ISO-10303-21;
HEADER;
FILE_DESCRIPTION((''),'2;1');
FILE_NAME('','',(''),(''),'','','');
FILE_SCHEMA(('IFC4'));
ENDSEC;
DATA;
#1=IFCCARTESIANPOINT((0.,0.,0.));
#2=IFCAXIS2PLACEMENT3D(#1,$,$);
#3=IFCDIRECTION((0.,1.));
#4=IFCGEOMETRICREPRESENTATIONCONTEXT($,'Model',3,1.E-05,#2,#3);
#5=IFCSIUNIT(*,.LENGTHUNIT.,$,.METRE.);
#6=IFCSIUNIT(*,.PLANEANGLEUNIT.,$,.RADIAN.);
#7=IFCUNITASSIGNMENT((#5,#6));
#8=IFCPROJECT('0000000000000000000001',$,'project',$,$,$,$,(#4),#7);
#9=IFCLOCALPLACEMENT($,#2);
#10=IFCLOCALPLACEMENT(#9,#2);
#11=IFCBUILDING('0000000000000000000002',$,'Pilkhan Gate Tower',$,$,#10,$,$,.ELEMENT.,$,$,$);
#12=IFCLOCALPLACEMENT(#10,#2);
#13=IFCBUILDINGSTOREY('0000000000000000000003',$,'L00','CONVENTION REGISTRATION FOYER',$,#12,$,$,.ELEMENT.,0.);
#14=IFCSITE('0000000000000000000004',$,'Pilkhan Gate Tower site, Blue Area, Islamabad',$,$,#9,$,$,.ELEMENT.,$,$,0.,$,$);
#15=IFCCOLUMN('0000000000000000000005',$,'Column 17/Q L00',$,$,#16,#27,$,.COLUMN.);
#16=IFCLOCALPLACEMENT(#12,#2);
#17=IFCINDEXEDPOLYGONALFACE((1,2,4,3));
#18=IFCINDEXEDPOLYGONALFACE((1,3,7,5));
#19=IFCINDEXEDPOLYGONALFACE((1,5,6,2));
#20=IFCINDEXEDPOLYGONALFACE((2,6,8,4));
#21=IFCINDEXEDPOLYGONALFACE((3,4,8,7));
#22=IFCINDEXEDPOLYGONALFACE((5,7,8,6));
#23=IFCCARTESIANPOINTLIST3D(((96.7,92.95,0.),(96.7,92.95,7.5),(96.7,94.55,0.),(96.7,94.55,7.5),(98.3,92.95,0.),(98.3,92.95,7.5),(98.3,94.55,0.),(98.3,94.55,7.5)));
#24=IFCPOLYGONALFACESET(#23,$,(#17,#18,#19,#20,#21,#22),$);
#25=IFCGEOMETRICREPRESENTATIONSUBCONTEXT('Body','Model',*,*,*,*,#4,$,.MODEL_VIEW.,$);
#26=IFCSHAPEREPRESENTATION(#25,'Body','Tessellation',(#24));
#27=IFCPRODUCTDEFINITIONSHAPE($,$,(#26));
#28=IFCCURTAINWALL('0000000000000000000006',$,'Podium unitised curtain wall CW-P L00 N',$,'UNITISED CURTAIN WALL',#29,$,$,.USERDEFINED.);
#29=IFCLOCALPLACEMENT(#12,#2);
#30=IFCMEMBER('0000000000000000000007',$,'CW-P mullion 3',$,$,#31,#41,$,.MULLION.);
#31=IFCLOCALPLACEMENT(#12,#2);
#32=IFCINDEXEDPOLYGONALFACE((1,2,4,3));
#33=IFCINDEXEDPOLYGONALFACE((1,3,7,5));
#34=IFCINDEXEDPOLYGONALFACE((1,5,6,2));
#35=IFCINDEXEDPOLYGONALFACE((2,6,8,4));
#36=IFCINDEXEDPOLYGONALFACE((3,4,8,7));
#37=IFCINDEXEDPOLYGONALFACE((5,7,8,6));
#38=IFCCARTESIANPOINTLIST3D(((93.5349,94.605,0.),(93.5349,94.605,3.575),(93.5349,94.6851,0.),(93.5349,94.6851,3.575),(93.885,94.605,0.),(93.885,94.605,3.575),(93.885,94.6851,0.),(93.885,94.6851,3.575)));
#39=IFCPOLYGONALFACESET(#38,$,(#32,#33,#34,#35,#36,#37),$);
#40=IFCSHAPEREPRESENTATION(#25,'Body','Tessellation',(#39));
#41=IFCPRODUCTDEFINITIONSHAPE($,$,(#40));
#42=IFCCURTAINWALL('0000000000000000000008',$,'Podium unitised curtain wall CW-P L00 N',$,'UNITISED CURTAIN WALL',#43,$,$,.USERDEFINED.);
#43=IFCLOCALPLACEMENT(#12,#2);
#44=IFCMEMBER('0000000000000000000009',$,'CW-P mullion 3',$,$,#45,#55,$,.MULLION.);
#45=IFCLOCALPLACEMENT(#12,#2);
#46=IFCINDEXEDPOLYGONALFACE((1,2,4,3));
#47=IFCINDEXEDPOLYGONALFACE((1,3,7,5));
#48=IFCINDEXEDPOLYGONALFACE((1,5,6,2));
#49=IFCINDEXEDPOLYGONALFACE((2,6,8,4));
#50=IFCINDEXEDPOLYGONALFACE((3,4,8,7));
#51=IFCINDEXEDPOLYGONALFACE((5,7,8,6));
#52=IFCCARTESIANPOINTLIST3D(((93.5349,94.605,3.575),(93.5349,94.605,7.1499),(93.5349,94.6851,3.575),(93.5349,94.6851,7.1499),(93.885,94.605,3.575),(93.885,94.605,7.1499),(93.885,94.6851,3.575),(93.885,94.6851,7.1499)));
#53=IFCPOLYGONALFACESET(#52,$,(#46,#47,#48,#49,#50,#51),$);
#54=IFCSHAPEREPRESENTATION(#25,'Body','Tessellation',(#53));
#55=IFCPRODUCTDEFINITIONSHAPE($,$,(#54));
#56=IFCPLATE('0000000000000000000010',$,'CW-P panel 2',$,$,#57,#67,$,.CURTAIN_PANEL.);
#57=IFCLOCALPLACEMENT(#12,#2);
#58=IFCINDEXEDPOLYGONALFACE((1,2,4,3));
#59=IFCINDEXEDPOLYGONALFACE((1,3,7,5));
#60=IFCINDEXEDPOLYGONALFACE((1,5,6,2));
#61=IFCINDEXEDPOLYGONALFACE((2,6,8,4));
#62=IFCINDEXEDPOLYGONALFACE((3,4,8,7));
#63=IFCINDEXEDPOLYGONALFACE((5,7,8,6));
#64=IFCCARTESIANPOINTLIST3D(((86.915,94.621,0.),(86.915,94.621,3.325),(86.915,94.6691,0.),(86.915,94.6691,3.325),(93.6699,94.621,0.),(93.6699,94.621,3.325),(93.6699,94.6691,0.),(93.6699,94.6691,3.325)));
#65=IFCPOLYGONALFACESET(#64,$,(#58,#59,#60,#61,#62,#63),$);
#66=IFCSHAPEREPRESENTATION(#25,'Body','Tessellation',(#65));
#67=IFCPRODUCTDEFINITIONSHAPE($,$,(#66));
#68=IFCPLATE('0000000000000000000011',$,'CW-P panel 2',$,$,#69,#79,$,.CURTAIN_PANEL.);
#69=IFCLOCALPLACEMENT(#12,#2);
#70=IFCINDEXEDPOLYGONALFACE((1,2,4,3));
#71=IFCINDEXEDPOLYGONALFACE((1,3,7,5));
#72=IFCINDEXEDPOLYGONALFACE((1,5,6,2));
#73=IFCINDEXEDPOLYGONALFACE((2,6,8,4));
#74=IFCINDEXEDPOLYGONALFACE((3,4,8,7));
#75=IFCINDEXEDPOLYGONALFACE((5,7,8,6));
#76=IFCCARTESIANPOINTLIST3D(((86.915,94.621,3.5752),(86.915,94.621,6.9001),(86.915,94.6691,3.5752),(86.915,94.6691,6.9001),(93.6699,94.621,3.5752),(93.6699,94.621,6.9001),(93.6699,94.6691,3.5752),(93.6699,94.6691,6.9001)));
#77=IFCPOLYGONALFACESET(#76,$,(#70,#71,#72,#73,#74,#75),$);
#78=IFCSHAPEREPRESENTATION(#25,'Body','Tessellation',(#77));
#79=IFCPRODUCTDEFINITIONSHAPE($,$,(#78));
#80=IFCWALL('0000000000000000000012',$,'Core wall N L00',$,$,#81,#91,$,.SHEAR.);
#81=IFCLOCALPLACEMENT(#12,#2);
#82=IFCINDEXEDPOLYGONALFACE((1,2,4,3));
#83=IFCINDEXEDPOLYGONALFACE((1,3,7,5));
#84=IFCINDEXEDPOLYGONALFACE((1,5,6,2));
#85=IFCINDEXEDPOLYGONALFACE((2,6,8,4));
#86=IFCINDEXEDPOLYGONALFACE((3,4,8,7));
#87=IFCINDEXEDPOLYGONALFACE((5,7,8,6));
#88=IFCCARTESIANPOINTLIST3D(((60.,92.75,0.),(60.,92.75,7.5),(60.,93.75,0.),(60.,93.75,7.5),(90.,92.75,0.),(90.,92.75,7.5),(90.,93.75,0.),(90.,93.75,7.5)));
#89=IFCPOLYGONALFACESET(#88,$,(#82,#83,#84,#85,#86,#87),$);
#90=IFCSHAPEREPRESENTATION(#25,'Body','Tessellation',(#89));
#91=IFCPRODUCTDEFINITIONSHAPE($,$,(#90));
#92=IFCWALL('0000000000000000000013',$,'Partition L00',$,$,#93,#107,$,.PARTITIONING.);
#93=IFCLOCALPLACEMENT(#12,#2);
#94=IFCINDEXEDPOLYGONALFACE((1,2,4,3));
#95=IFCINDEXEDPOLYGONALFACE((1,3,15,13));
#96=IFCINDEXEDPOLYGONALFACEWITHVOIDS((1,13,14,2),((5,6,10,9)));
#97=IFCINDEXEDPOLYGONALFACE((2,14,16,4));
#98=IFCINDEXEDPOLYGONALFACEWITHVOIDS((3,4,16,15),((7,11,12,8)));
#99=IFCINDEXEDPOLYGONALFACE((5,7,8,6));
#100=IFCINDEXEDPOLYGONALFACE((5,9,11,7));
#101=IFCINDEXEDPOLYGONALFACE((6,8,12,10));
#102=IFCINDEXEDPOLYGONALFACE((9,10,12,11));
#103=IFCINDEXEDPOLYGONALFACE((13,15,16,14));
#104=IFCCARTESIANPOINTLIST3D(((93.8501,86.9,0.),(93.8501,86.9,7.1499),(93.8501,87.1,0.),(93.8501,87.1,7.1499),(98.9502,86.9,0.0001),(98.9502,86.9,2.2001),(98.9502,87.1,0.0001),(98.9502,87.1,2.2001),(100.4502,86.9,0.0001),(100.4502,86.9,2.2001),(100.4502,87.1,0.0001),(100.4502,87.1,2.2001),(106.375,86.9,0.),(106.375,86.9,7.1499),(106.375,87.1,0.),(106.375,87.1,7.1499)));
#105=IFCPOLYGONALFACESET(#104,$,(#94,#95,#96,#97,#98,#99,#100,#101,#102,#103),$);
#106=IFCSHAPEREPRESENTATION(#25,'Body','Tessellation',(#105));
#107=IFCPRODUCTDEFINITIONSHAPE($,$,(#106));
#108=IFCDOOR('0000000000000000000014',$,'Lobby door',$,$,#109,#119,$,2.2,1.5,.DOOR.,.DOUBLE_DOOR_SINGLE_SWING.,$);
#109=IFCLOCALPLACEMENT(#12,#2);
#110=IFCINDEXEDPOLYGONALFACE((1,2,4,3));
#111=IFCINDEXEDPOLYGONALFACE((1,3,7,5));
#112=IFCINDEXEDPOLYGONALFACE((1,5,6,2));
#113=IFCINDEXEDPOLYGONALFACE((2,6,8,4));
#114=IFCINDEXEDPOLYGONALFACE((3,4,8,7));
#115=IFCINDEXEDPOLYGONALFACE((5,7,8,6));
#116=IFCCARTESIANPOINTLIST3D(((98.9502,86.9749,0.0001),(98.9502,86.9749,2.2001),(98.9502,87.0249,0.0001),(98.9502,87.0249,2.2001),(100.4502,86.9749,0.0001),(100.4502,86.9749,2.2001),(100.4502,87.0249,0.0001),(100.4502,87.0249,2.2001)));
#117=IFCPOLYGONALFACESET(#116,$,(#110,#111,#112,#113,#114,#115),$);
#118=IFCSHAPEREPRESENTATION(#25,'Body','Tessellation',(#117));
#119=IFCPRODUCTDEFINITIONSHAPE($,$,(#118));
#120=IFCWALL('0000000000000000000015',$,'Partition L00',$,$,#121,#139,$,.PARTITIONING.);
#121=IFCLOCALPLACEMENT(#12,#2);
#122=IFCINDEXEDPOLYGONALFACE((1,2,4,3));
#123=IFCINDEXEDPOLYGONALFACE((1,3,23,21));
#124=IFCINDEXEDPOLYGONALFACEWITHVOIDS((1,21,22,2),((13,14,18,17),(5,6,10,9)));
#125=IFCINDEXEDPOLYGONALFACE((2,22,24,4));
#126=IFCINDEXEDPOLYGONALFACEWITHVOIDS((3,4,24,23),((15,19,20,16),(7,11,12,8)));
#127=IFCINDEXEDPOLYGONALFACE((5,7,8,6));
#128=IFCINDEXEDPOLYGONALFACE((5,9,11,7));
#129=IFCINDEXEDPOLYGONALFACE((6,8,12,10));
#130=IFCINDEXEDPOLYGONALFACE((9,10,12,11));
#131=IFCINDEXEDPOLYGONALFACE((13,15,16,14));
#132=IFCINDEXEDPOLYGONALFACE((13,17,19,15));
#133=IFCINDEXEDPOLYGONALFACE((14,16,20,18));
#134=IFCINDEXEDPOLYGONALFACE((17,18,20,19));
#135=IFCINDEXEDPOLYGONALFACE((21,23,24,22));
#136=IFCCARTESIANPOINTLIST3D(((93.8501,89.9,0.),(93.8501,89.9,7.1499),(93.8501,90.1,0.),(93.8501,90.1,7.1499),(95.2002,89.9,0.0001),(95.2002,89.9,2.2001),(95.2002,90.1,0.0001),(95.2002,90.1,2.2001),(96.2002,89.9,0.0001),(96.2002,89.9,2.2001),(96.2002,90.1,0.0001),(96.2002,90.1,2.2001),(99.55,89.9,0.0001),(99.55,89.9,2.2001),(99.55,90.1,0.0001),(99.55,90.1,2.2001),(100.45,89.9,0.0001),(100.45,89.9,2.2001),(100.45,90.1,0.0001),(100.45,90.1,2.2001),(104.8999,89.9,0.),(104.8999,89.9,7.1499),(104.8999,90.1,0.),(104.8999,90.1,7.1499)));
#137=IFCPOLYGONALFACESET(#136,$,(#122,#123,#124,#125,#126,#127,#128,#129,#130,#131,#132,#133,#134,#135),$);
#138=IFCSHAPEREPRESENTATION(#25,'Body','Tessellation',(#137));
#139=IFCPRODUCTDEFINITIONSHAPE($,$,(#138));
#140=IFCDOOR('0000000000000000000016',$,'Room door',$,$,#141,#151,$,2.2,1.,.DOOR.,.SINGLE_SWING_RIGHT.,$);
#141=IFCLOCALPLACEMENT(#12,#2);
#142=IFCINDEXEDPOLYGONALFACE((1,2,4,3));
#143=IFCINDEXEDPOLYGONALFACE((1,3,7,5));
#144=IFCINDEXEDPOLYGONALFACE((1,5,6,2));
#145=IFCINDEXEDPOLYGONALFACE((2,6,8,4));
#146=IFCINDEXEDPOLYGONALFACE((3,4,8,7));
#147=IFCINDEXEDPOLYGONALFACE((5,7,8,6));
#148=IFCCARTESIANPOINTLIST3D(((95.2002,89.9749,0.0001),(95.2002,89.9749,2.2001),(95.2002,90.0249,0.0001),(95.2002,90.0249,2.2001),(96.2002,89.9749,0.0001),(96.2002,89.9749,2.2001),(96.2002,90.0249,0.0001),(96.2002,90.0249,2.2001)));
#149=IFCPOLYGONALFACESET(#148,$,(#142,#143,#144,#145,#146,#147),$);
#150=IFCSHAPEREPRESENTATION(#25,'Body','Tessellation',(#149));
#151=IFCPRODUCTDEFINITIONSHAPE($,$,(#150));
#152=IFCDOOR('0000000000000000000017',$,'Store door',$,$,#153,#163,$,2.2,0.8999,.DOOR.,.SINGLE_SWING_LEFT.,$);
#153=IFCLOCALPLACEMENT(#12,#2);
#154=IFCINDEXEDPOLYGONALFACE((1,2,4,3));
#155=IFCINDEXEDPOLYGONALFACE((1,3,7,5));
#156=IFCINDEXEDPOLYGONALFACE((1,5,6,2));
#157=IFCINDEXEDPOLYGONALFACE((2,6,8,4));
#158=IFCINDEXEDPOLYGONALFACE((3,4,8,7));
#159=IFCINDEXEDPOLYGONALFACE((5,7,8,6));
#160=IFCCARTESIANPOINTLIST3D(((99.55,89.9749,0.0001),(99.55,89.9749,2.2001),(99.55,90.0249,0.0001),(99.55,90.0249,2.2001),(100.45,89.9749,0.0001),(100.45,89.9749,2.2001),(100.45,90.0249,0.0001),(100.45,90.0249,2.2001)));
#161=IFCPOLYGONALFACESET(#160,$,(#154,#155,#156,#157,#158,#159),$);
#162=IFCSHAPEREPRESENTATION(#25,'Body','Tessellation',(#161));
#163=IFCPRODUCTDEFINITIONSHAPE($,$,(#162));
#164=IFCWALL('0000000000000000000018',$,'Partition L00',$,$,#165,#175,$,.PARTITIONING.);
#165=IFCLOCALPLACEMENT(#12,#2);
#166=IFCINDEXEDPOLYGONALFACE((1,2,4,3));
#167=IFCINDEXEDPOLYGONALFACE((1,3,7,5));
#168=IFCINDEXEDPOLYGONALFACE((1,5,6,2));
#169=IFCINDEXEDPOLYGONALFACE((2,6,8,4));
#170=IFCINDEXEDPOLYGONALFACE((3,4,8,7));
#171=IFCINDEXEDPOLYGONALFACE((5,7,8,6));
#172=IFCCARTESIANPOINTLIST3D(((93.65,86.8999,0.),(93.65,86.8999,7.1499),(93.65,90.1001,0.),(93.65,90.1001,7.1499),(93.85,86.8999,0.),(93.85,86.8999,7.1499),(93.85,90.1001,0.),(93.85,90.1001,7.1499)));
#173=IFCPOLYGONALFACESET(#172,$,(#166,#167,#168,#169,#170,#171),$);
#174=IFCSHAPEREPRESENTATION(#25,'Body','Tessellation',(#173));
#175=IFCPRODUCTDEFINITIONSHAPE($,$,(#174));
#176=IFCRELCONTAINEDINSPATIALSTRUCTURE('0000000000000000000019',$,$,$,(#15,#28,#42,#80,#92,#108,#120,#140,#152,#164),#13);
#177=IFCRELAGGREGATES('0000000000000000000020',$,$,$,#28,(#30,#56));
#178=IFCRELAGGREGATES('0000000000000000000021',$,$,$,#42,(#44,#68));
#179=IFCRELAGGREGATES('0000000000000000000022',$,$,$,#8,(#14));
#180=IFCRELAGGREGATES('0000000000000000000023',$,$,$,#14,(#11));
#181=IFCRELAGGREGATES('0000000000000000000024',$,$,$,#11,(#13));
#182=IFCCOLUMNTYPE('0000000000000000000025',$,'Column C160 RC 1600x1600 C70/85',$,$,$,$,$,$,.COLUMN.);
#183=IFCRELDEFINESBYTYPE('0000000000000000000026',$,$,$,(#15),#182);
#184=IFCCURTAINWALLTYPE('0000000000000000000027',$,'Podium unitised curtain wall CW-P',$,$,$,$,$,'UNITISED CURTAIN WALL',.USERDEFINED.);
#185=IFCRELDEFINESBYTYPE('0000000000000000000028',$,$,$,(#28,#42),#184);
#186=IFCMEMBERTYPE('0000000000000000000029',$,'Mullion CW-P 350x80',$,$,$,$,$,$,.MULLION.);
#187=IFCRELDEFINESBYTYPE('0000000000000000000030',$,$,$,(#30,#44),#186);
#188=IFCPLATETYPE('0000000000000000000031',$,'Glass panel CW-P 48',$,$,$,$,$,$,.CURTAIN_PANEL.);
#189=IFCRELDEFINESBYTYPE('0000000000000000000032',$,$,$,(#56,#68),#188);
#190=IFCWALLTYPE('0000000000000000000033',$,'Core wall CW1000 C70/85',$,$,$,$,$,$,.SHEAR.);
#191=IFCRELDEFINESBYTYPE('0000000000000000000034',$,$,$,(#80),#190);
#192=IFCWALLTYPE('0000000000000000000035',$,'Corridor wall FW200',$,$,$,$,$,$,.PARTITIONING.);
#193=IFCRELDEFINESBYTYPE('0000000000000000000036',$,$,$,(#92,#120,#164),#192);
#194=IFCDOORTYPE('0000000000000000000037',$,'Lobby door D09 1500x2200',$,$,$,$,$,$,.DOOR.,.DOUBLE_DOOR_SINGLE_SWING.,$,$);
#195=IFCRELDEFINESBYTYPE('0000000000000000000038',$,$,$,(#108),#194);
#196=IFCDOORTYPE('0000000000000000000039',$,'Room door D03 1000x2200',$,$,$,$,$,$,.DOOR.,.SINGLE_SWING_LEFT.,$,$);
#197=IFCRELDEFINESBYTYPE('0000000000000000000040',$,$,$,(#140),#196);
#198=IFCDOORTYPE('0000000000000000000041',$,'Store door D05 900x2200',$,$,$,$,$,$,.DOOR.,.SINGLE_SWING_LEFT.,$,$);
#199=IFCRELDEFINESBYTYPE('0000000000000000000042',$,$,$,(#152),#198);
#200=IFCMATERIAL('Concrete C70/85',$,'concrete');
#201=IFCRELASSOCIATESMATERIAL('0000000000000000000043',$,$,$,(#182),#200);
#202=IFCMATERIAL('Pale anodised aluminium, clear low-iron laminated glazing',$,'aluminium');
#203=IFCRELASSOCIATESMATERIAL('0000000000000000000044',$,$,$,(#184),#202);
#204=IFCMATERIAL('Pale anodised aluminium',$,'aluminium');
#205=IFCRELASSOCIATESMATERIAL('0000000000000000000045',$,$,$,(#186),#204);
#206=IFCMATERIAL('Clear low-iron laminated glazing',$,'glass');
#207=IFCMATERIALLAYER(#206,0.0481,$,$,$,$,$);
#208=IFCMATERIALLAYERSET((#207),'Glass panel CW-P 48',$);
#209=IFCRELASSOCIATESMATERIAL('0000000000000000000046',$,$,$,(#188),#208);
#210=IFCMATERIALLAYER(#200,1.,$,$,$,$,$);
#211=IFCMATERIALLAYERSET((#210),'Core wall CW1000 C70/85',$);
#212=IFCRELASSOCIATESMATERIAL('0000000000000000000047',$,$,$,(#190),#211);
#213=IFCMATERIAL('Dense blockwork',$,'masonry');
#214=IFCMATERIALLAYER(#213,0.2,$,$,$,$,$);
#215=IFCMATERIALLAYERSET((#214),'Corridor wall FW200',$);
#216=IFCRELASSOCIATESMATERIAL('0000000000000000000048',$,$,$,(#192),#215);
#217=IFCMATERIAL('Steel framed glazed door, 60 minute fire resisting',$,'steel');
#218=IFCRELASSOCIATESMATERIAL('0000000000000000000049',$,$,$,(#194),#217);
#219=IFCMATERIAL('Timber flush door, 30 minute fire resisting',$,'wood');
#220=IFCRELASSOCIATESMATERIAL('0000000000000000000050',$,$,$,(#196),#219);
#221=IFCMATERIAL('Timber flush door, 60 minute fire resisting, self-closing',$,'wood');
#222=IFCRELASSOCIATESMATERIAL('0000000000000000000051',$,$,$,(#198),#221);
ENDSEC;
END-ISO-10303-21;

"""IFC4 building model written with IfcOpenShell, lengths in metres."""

from ifc_helpers import new_model, si_unit, direction, frame, frame_2d, origin, origin_2d, place, context, subcontext, project, spatial, rectangle, extrude, material, layer, layer_set, material_profile, profile_set, type_object, element, fill, aggregate, save


model = new_model("IFC4")

# Units and contexts
model_context = context("Model", 3, precision=1e-05, world=origin(), true_north=direction((0.0, 1.0)))
body_context = subcontext(model_context, "Body", "Model", "MODEL_VIEW")
ifc_project = project(units=[si_unit("LENGTHUNIT", "METRE"), si_unit("PLANEANGLEUNIT", "RADIAN")], contexts=[model_context])

# Site, building, storey
site_placement = place(None, origin())
site = spatial("IfcSite", under=ifc_project, at=site_placement, Name="Pilkhan Gate Tower site, Blue Area, Islamabad", CompositionType="ELEMENT", RefElevation=0.0)
building_placement = place(site_placement, origin())
building = spatial("IfcBuilding", under=site, at=building_placement, Name="Pilkhan Gate Tower", CompositionType="ELEMENT")
storey_placement = place(building_placement, origin())
storey = spatial("IfcBuildingStorey", under=building, at=storey_placement, Name="L00", Description="CONVENTION REGISTRATION FOYER", CompositionType="ELEMENT", Elevation=0.0)

# Column
ifc_material_1 = material(Name="Concrete C70/85", Category="concrete")
ifc_material_profile_1 = material_profile(ifc_material_1, rectangle(XDim=1.6001, YDim=1.6001, at=origin_2d()), Name="RC 1600x1600")
ifc_profile_set_1 = profile_set([ifc_material_profile_1], Name="Concrete C70/85")
column_type = type_object("IfcColumnType", Name="Column C160 RC 1600x1600 C70/85", PredefinedType="COLUMN", material=ifc_profile_set_1)
column_placement = place(storey_placement, frame((97.5, 93.75, 0.0), z_axis=(0.0, 0.0, 1.0), x_axis=(1.0, 0.0, 0.0)))
element("IfcColumn", 1, at=column_placement, inside=storey, type_object=column_type, Name="Column 17/Q L00", PredefinedType="COLUMN", context=body_context, shape_type="SweptSolid", body=[
    extrude(rectangle(XDim=1.6001, YDim=1.6001, at=origin_2d()), origin(), (0.0, 0.0, 1.0), 7.5),
])

# Curtain walls, members
ifc_material_2 = material(Name="Pale anodised aluminium, clear low-iron laminated glazing", Category="aluminium")
curtain_wall_type = type_object("IfcCurtainWallType", Name="Podium unitised curtain wall CW-P", ElementType="UNITISED CURTAIN WALL", PredefinedType="USERDEFINED", material=ifc_material_2)
curtain_wall_1_placement = place(storey_placement, origin())
curtain_wall_1 = element("IfcCurtainWall", 2, at=curtain_wall_1_placement, inside=storey, type_object=curtain_wall_type, Name="Podium unitised curtain wall CW-P L00 N", ObjectType="UNITISED CURTAIN WALL", PredefinedType="USERDEFINED")
ifc_material_3 = material(Name="Pale anodised aluminium", Category="aluminium")
ifc_material_profile_2 = material_profile(ifc_material_3, rectangle(XDim=0.0801, YDim=0.3501, at=origin_2d()), Name="Mullion 350x80")
ifc_profile_set_2 = profile_set([ifc_material_profile_2], Name="Pale anodised aluminium")
member_type = type_object("IfcMemberType", Name="Mullion CW-P 350x80", PredefinedType="MULLION", material=ifc_profile_set_2)
member_1_placement = place(storey_placement, frame((93.71, 94.645, 0.0), z_axis=(0.0, 0.0, 1.0), x_axis=(0.0, 1.0, 0.0)))
member_1 = element("IfcMember", 3, at=member_1_placement, type_object=member_type, Name="CW-P mullion 3", PredefinedType="MULLION", context=body_context, shape_type="SweptSolid", body=[
    extrude(rectangle(XDim=0.0801, YDim=0.3501, at=origin_2d()), origin(), (0.0, 0.0, 1.0), 3.575),
])
curtain_wall_2_placement = place(storey_placement, origin())
curtain_wall_2 = element("IfcCurtainWall", 4, at=curtain_wall_2_placement, inside=storey, type_object=curtain_wall_type, Name="Podium unitised curtain wall CW-P L00 N", ObjectType="UNITISED CURTAIN WALL", PredefinedType="USERDEFINED")
member_2_placement = place(storey_placement, frame((93.71, 94.645, 3.575), z_axis=(0.0, 0.0, 1.0), x_axis=(0.0, 1.0, 0.0)))
member_2 = element("IfcMember", 5, at=member_2_placement, type_object=member_type, Name="CW-P mullion 3", PredefinedType="MULLION", context=body_context, shape_type="SweptSolid", body=[
    extrude(rectangle(XDim=0.0801, YDim=0.3501, at=origin_2d()), origin(), (0.0, 0.0, 1.0), 3.575),
])

# Plates
ifc_material_4 = material(Name="Clear low-iron laminated glazing", Category="glass")
ifc_layer_1 = layer(ifc_material_4, 0.0481)
ifc_layer_set_1 = layer_set([ifc_layer_1], Name="Glass panel CW-P 48")
plate_type = type_object("IfcPlateType", Name="Glass panel CW-P 48", PredefinedType="CURTAIN_PANEL", material=ifc_layer_set_1)
plate_1_placement = place(storey_placement, frame((90.2925, 94.645, 0.0), z_axis=(0.0, 0.0, 1.0), x_axis=(1.0, 0.0, 0.0)))
plate_1 = element("IfcPlate", 6, at=plate_1_placement, type_object=plate_type, Name="CW-P panel 2", PredefinedType="CURTAIN_PANEL", context=body_context, shape_type="SweptSolid", body=[
    extrude(rectangle(XDim=6.7549, YDim=0.0481, at=origin_2d()), origin(), (0.0, 0.0, 1.0), 3.325),
])
aggregate(curtain_wall_1, [member_1, plate_1])
plate_2_placement = place(storey_placement, frame((90.2925, 94.645, 3.5752), z_axis=(0.0, 0.0, 1.0), x_axis=(1.0, 0.0, 0.0)))
plate_2 = element("IfcPlate", 7, at=plate_2_placement, type_object=plate_type, Name="CW-P panel 2", PredefinedType="CURTAIN_PANEL", context=body_context, shape_type="SweptSolid", body=[
    extrude(rectangle(XDim=6.7549, YDim=0.0481, at=origin_2d()), origin(), (0.0, 0.0, 1.0), 3.325),
])
aggregate(curtain_wall_2, [member_2, plate_2])

# Wall
ifc_layer_2 = layer(ifc_material_1, 1.0)
ifc_layer_set_2 = layer_set([ifc_layer_2], Name="Core wall CW1000 C70/85")
wall_type_1 = type_object("IfcWallType", Name="Core wall CW1000 C70/85", PredefinedType="SHEAR", material=ifc_layer_set_2)
wall_1_placement = place(storey_placement, frame((90.0, 93.25, 0.0), z_axis=(0.0, 0.0, 1.0), x_axis=(-1.0, 0.0, 0.0)))
element("IfcWall", 8, at=wall_1_placement, inside=storey, type_object=wall_type_1, Name="Core wall N L00", PredefinedType="SHEAR", context=body_context, shape_type="SweptSolid", body=[
    extrude(rectangle(XDim=30.0, YDim=1.0, at=frame_2d((15.0, 0.0))), origin(), (0.0, 0.0, 1.0), 7.5),
])

# Wall, opening, door
ifc_material_5 = material(Name="Dense blockwork", Category="masonry")
ifc_layer_3 = layer(ifc_material_5, 0.2)
ifc_layer_set_3 = layer_set([ifc_layer_3], Name="Corridor wall FW200")
wall_type_2 = type_object("IfcWallType", Name="Corridor wall FW200", PredefinedType="PARTITIONING", material=ifc_layer_set_3)
wall_2_placement = place(storey_placement, frame((93.8501, 87.0, 0.0), z_axis=(0.0, 0.0, 1.0), x_axis=(1.0, 0.0, 0.0)))
wall_2 = element("IfcWall", 9, at=wall_2_placement, inside=storey, type_object=wall_type_2, Name="Partition L00", PredefinedType="PARTITIONING", context=body_context, shape_type="SweptSolid", body=[
    extrude(rectangle(XDim=12.5249, YDim=0.2, at=frame_2d((6.2625, 0.0))), origin(), (0.0, 0.0, 1.0), 7.1499),
])
opening_1_placement = place(wall_2_placement, frame((5.1001, 0.0, 0.0)))
opening_1 = element("IfcOpeningElement", 10, at=opening_1_placement, cuts=wall_2, PredefinedType="OPENING", context=body_context, shape_type="SweptSolid", body=[
    extrude(rectangle(XDim=1.5, YDim=2.2, at=frame_2d((0.75, 1.1001))), frame((0.0, 0.1099, 0.0), z_axis=(0.0, -1.0, 0.0), x_axis=(1.0, 0.0, 0.0)), (0.0, 0.0, 1.0), 0.22),
])
ifc_material_6 = material(Name="Steel framed glazed door, 60 minute fire resisting", Category="steel")
door_type_1 = type_object("IfcDoorType", Name="Lobby door D09 1500x2200", OperationType="DOUBLE_DOOR_SINGLE_SWING", PredefinedType="DOOR", material=ifc_material_6)
door_1_placement = place(opening_1_placement, origin())
door_1 = element("IfcDoor", 11, at=door_1_placement, inside=storey, type_object=door_type_1, Name="Lobby door", OperationType="DOUBLE_DOOR_SINGLE_SWING", OverallHeight=2.2, OverallWidth=1.5, PredefinedType="DOOR", context=body_context, shape_type="SweptSolid", body=[
    extrude(rectangle(XDim=1.5, YDim=2.2, at=frame_2d((0.75, 1.1001))), frame((0.0, 0.0249, 0.0), z_axis=(0.0, -1.0, 0.0), x_axis=(1.0, 0.0, 0.0)), (0.0, 0.0, 1.0), 0.05),
])
fill(opening_1, door_1)

# Wall, openings, doors
wall_3_placement = place(storey_placement, frame((93.8501, 90.0, 0.0), z_axis=(0.0, 0.0, 1.0), x_axis=(1.0, 0.0, 0.0)))
wall_3 = element("IfcWall", 12, at=wall_3_placement, inside=storey, type_object=wall_type_2, Name="Partition L00", PredefinedType="PARTITIONING", context=body_context, shape_type="SweptSolid", body=[
    extrude(rectangle(XDim=11.0498, YDim=0.2, at=frame_2d((5.5249, 0.0))), origin(), (0.0, 0.0, 1.0), 7.1499),
])
opening_2_placement = place(wall_3_placement, frame((1.3501, 0.0, 0.0)))
opening_2 = element("IfcOpeningElement", 13, at=opening_2_placement, cuts=wall_3, PredefinedType="OPENING", context=body_context, shape_type="SweptSolid", body=[
    extrude(rectangle(XDim=1.0, YDim=2.2, at=frame_2d((0.5, 1.1001))), frame((0.0, 0.1099, 0.0), z_axis=(0.0, -1.0, 0.0), x_axis=(1.0, 0.0, 0.0)), (0.0, 0.0, 1.0), 0.22),
])
opening_3_placement = place(wall_3_placement, frame((5.7, 0.0, 0.0)))
opening_3 = element("IfcOpeningElement", 14, at=opening_3_placement, cuts=wall_3, PredefinedType="OPENING", context=body_context, shape_type="SweptSolid", body=[
    extrude(rectangle(XDim=0.8999, YDim=2.2, at=frame_2d((0.45, 1.1001))), frame((0.0, 0.1099, 0.0), z_axis=(0.0, -1.0, 0.0), x_axis=(1.0, 0.0, 0.0)), (0.0, 0.0, 1.0), 0.22),
])
ifc_material_7 = material(Name="Timber flush door, 30 minute fire resisting", Category="wood")
door_type_2 = type_object("IfcDoorType", Name="Room door D03 1000x2200", OperationType="SINGLE_SWING_LEFT", PredefinedType="DOOR", material=ifc_material_7)
door_2_placement = place(opening_2_placement, origin())
door_2 = element("IfcDoor", 15, at=door_2_placement, inside=storey, type_object=door_type_2, Name="Room door", OperationType="SINGLE_SWING_RIGHT", OverallHeight=2.2, OverallWidth=1.0, PredefinedType="DOOR", context=body_context, shape_type="SweptSolid", body=[
    extrude(rectangle(XDim=1.0, YDim=2.2, at=frame_2d((0.5, 1.1001))), frame((0.0, 0.0249, 0.0), z_axis=(0.0, -1.0, 0.0), x_axis=(1.0, 0.0, 0.0)), (0.0, 0.0, 1.0), 0.05),
])
fill(opening_2, door_2)
ifc_material_8 = material(Name="Timber flush door, 60 minute fire resisting, self-closing", Category="wood")
door_type_3 = type_object("IfcDoorType", Name="Store door D05 900x2200", OperationType="SINGLE_SWING_LEFT", PredefinedType="DOOR", material=ifc_material_8)
door_3_placement = place(opening_3_placement, origin())
door_3 = element("IfcDoor", 16, at=door_3_placement, inside=storey, type_object=door_type_3, Name="Store door", OperationType="SINGLE_SWING_LEFT", OverallHeight=2.2, OverallWidth=0.8999, PredefinedType="DOOR", context=body_context, shape_type="SweptSolid", body=[
    extrude(rectangle(XDim=0.8999, YDim=2.2, at=frame_2d((0.45, 1.1001))), frame((0.0, 0.0249, 0.0), z_axis=(0.0, -1.0, 0.0), x_axis=(1.0, 0.0, 0.0)), (0.0, 0.0, 1.0), 0.05),
])
fill(opening_3, door_3)

# Wall
wall_4_placement = place(storey_placement, frame((93.75, 86.8999, 0.0), z_axis=(0.0, 0.0, 1.0), x_axis=(0.0, 1.0, 0.0)))
element("IfcWall", 17, at=wall_4_placement, inside=storey, type_object=wall_type_2, Name="Partition L00", PredefinedType="PARTITIONING", context=body_context, shape_type="SweptSolid", body=[
    extrude(rectangle(XDim=3.2002, YDim=0.2, at=frame_2d((1.6001, 0.0))), origin(), (0.0, 0.0, 1.0), 7.1499),
])

save(model, "model.ifc")
